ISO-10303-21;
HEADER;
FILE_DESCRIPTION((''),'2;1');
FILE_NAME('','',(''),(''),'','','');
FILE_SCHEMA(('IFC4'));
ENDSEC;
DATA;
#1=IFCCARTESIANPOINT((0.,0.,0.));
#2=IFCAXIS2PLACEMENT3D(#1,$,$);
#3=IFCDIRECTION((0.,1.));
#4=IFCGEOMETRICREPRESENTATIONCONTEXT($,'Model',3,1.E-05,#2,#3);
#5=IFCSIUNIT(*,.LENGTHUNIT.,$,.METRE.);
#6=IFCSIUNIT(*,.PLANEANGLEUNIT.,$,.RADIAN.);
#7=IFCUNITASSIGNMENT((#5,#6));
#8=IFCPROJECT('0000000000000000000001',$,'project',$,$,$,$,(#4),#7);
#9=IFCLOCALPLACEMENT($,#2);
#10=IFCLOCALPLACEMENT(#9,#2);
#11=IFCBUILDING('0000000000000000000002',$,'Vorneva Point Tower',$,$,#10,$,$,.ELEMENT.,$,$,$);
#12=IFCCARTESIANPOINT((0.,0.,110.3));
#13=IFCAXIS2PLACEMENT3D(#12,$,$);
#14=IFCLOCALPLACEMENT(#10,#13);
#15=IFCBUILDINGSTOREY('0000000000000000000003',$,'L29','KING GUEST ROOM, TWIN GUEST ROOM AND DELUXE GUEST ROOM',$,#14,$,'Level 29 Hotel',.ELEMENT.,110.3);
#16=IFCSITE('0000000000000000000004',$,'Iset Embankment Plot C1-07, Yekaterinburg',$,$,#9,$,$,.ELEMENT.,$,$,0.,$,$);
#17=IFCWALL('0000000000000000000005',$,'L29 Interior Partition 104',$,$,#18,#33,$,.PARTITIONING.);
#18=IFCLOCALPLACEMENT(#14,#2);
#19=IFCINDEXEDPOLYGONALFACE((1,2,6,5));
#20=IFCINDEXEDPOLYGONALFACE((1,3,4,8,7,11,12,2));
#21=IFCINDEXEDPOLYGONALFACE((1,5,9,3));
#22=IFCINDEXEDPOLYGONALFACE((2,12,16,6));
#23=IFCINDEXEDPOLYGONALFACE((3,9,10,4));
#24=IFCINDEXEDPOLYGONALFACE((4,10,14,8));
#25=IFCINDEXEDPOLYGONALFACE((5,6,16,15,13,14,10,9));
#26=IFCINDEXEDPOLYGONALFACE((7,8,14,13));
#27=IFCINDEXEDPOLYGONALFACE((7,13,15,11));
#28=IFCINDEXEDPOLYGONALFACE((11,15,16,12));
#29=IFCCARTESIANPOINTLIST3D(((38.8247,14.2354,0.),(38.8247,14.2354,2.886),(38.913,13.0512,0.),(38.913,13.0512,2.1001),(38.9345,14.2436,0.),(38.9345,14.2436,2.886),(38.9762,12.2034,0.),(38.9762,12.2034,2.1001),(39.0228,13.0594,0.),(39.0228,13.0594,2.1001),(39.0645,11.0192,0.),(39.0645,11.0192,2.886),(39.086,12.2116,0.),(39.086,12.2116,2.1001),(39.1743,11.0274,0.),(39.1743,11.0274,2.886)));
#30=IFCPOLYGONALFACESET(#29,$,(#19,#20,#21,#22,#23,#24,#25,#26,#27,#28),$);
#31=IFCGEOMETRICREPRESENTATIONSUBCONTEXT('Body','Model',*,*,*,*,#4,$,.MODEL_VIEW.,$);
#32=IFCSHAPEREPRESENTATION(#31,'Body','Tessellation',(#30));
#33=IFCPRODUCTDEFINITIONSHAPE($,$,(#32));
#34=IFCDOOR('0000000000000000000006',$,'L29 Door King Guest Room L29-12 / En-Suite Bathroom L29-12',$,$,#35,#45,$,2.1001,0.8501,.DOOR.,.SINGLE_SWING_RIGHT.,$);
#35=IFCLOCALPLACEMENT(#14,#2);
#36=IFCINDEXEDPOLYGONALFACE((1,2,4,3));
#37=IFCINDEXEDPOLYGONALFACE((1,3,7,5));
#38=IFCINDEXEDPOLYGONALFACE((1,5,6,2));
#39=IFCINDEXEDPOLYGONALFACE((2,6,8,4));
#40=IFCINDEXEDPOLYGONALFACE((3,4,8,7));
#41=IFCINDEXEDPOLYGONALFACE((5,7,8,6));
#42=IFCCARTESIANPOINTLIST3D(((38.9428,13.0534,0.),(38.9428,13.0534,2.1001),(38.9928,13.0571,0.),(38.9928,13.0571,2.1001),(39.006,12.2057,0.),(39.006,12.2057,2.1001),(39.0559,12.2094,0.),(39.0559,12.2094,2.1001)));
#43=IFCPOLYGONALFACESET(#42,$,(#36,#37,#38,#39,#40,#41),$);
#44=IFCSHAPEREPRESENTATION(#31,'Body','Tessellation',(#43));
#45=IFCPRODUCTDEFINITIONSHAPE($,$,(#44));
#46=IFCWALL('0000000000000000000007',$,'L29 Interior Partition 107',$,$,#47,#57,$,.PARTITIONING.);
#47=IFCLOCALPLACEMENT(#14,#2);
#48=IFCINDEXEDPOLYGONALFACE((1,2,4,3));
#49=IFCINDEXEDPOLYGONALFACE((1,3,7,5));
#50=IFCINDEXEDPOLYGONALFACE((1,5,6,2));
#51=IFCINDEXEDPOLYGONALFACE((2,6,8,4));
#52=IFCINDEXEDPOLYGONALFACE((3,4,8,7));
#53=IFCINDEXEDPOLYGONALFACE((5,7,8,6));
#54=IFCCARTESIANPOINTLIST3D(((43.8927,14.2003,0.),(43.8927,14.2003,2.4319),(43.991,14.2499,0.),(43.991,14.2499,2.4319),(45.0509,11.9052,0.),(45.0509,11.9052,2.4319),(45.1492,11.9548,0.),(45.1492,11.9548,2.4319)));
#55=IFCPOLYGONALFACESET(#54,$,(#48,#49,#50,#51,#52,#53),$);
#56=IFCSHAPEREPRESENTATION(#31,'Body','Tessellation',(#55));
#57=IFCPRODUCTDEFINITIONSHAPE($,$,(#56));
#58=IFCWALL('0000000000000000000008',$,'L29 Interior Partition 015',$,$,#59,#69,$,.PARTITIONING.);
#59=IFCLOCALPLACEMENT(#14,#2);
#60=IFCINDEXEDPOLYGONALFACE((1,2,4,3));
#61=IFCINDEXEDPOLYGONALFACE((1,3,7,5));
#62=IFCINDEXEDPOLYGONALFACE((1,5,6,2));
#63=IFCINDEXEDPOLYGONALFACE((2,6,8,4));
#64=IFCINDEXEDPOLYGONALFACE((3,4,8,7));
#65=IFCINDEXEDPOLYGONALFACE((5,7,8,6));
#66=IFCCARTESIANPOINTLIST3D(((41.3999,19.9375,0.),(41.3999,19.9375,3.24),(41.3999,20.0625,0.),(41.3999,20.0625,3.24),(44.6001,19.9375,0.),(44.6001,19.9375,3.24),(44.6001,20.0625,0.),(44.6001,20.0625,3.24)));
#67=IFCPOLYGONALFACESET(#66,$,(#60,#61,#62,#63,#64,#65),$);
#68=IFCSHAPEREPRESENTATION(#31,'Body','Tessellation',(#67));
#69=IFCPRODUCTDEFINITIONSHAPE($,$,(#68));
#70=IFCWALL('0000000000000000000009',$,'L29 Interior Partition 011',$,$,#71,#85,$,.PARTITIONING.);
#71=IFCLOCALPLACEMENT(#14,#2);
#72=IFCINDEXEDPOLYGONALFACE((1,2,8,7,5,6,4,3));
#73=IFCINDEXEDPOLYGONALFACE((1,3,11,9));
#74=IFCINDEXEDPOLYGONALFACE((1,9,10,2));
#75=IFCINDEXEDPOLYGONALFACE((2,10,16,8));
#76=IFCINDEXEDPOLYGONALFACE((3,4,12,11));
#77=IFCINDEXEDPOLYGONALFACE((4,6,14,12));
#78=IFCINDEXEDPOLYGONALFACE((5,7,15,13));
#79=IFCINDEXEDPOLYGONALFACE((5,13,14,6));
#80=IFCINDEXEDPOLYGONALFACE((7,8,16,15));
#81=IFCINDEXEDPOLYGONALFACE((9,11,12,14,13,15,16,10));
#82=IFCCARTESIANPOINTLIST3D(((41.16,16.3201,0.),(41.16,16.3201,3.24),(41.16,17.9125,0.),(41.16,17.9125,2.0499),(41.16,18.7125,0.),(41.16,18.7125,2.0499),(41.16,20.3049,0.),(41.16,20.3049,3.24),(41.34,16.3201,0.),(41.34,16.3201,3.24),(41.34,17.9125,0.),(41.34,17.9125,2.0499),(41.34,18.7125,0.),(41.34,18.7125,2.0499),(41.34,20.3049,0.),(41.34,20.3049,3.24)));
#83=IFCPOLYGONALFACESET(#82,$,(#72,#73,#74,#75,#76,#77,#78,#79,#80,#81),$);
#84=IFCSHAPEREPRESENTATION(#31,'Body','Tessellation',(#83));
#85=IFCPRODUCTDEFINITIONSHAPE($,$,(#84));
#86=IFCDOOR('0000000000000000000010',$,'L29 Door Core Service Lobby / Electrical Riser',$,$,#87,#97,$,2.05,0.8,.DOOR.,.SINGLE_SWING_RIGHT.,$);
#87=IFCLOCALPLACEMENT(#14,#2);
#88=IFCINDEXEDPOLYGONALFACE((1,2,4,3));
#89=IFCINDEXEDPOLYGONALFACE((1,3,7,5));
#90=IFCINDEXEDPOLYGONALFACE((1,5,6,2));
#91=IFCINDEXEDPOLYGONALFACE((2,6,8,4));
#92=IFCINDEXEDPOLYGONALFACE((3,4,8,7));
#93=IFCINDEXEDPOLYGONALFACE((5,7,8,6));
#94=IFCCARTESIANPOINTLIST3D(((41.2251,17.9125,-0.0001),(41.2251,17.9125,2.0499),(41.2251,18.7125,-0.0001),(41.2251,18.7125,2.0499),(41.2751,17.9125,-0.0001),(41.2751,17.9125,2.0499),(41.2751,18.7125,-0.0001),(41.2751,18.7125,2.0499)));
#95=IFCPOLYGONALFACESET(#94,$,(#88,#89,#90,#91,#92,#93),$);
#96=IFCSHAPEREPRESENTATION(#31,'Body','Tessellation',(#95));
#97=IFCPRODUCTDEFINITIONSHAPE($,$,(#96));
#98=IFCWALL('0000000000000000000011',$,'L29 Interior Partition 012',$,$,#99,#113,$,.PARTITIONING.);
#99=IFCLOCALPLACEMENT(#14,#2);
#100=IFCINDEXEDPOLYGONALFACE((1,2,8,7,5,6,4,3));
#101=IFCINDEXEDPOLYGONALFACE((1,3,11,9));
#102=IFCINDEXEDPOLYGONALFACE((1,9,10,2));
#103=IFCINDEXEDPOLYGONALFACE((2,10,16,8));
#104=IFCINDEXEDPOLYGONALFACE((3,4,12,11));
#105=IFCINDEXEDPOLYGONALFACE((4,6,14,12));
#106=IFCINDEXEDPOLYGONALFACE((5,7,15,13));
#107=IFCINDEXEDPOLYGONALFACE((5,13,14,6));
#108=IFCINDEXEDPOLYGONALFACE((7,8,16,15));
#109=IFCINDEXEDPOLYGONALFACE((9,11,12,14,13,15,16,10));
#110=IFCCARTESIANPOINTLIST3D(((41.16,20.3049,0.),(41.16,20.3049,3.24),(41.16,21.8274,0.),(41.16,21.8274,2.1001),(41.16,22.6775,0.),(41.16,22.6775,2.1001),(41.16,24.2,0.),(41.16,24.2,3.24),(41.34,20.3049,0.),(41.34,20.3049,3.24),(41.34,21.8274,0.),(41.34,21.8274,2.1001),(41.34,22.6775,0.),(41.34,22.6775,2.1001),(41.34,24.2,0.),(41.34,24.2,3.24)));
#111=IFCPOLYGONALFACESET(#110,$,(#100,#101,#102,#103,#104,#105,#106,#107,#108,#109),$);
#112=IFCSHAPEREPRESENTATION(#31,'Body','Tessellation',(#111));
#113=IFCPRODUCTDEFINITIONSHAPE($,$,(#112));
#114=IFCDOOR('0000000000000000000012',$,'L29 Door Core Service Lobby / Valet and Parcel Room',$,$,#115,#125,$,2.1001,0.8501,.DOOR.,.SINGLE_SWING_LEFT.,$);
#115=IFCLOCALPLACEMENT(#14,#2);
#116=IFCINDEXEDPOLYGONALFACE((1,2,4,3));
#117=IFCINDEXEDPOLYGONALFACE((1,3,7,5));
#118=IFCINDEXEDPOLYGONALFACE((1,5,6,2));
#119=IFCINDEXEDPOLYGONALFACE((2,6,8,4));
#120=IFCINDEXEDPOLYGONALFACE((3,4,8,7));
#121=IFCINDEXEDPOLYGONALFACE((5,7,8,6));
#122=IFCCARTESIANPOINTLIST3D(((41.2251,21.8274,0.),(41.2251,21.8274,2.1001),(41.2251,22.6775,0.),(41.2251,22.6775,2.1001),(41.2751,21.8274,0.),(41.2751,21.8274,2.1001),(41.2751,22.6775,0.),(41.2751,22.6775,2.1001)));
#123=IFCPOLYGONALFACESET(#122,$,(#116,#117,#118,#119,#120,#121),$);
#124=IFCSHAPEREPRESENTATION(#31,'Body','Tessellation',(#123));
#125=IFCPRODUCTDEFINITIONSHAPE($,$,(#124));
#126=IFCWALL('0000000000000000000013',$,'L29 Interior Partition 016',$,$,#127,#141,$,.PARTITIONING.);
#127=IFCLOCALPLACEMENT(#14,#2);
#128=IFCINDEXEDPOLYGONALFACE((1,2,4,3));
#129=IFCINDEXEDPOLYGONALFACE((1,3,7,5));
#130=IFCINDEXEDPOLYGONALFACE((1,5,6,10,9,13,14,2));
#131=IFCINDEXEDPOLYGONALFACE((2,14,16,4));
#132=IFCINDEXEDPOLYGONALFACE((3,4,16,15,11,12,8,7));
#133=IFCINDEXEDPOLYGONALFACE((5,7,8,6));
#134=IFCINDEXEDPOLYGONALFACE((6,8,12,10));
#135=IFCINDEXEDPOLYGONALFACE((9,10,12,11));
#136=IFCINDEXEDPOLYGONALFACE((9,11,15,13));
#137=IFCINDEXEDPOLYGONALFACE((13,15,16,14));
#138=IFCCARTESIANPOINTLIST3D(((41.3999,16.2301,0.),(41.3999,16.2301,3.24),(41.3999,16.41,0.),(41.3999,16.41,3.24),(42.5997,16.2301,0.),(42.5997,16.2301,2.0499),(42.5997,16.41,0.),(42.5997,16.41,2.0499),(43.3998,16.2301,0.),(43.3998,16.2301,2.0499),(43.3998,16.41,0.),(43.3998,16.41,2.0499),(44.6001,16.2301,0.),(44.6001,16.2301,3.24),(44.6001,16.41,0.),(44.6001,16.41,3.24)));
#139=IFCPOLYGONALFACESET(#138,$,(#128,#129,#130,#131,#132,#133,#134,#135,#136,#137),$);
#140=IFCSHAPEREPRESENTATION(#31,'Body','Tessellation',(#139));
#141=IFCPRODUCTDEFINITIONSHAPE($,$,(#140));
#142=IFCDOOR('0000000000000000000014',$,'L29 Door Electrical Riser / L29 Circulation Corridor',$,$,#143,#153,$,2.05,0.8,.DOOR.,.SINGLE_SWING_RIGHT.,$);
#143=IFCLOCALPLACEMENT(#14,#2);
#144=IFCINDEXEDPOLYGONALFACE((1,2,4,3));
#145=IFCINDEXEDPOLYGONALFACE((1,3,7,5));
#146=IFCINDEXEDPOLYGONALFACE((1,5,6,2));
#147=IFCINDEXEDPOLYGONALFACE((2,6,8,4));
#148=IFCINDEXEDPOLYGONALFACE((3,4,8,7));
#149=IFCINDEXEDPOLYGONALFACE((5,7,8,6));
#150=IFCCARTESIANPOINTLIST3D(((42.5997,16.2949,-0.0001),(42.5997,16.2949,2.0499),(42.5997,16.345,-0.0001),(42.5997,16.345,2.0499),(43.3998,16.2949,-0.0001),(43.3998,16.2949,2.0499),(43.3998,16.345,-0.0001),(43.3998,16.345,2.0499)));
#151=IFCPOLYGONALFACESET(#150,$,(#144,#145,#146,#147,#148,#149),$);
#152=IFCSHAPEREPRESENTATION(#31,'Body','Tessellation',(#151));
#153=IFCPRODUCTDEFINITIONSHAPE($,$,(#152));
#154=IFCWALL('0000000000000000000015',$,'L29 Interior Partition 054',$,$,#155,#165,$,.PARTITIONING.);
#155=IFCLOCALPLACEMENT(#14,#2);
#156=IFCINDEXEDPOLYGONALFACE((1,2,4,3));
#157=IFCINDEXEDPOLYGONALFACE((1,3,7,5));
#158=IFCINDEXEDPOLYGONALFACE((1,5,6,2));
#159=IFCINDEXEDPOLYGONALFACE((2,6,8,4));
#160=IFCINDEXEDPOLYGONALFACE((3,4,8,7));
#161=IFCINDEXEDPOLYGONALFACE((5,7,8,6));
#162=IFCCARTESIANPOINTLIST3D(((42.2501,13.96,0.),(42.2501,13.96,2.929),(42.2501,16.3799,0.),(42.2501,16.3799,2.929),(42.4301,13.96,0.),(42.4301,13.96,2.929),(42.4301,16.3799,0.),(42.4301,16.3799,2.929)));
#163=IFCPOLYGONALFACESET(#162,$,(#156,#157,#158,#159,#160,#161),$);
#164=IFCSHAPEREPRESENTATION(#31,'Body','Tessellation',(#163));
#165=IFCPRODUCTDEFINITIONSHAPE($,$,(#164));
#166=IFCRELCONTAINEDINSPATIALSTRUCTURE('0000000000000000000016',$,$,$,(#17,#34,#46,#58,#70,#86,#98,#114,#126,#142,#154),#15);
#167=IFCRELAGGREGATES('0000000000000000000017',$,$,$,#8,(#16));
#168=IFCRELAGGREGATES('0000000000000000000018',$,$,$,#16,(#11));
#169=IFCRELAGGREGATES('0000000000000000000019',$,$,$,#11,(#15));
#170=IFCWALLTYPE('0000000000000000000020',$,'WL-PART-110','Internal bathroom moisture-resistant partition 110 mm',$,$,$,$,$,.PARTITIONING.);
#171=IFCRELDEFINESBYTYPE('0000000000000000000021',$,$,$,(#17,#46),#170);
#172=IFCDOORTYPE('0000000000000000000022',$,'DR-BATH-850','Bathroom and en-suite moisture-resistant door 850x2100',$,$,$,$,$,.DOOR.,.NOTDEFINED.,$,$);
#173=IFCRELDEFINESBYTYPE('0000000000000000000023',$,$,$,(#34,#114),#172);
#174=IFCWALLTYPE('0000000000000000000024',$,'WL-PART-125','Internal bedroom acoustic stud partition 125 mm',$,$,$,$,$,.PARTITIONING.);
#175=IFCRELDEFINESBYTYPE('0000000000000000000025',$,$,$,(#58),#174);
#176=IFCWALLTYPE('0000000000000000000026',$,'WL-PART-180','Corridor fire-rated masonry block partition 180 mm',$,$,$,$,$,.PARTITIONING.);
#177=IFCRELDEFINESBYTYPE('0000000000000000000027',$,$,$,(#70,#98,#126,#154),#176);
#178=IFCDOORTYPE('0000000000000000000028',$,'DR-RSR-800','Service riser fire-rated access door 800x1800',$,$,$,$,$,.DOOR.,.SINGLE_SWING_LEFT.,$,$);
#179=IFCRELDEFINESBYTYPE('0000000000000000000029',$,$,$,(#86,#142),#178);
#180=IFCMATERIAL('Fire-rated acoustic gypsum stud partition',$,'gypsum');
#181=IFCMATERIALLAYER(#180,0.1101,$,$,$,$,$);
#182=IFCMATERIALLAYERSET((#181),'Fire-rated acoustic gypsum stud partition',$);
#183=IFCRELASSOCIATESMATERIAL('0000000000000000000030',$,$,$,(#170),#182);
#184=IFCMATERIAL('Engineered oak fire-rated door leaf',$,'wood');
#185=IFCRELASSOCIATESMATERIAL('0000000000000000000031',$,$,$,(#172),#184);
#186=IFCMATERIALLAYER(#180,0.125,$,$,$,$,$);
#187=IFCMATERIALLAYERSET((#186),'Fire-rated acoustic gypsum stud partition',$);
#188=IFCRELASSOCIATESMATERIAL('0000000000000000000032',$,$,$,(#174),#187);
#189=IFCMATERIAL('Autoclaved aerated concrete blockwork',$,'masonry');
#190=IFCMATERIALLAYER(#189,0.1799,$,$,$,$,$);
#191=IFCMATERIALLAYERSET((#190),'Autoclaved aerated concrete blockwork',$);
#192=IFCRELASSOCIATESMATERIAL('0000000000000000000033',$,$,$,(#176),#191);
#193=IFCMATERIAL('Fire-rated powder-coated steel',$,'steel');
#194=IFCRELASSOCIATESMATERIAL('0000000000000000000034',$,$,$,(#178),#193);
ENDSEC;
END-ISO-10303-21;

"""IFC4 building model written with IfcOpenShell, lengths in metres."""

from ifc_helpers import new_model, si_unit, direction, frame, frame_2d, origin, place, context, subcontext, project, spatial, rectangle, extrude, material, layer, layer_set, type_object, element, fill, save


model = new_model("IFC4")

# Units and contexts
model_context = context("Model", 3, precision=1e-05, world=origin(), true_north=direction((0.0, 1.0)))
body_context = subcontext(model_context, "Body", "Model", "MODEL_VIEW")
ifc_project = project(units=[si_unit("LENGTHUNIT", "METRE"), si_unit("PLANEANGLEUNIT", "RADIAN")], contexts=[model_context])

# Site, building, storey
site_placement = place(None, origin())
site = spatial("IfcSite", under=ifc_project, at=site_placement, Name="Iset Embankment Plot C1-07, Yekaterinburg", CompositionType="ELEMENT", RefElevation=0.0)
building_placement = place(site_placement, origin())
building = spatial("IfcBuilding", under=site, at=building_placement, Name="Vorneva Point Tower", CompositionType="ELEMENT")
storey_placement = place(building_placement, frame((0.0, 0.0, 110.3)))
storey = spatial("IfcBuildingStorey", under=building, at=storey_placement, Name="L29", Description="KING GUEST ROOM, TWIN GUEST ROOM AND DELUXE GUEST ROOM", LongName="Level 29 Hotel", CompositionType="ELEMENT", Elevation=110.3)

# Wall, opening, door
ifc_material_1 = material(Name="Fire-rated acoustic gypsum stud partition", Category="gypsum")
ifc_layer_1 = layer(ifc_material_1, 0.1101)
ifc_layer_set_1 = layer_set([ifc_layer_1], Name="Fire-rated acoustic gypsum stud partition")
wall_type_1 = type_object("IfcWallType", Name="WL-PART-110", Description="Internal bathroom moisture-resistant partition 110 mm", PredefinedType="PARTITIONING", material=ifc_layer_set_1)
wall_1_placement = place(storey_placement, frame((38.8796, 14.2395, 0.0), z_axis=(0.0, 0.0, 1.0), x_axis=(0.07434, -0.997233, 0.0)))
wall_1 = element("IfcWall", 1, at=wall_1_placement, inside=storey, type_object=wall_type_1, Name="L29 Interior Partition 104", PredefinedType="PARTITIONING", context=body_context, shape_type="SweptSolid", body=[
    extrude(rectangle(XDim=3.2251, YDim=0.1101, at=frame_2d((1.6125, 0.0))), origin(), (0.0, 0.0, 1.0), 2.886),
])
opening_1_placement = place(wall_1_placement, frame((1.1875, 0.0, 0.0)))
opening_1 = element("IfcOpeningElement", 2, at=opening_1_placement, cuts=wall_1, PredefinedType="OPENING", context=body_context, shape_type="SweptSolid", body=[
    extrude(rectangle(XDim=0.8501, YDim=2.1001, at=frame_2d((0.425, 1.05))), frame((0.0, 0.0698, 0.0), z_axis=(0.0, -1.0, 0.0), x_axis=(1.0, 0.0, 0.0)), (0.0, 0.0, 1.0), 0.1399),
])
ifc_material_2 = material(Name="Engineered oak fire-rated door leaf", Category="wood")
door_type_1 = type_object("IfcDoorType", Name="DR-BATH-850", Description="Bathroom and en-suite moisture-resistant door 850x2100", OperationType="NOTDEFINED", PredefinedType="DOOR", material=ifc_material_2)
door_1_placement = place(opening_1_placement, origin())
door_1 = element("IfcDoor", 3, at=door_1_placement, inside=storey, type_object=door_type_1, Name="L29 Door King Guest Room L29-12 / En-Suite Bathroom L29-12", OperationType="SINGLE_SWING_RIGHT", OverallHeight=2.1001, OverallWidth=0.8501, PredefinedType="DOOR", context=body_context, shape_type="SweptSolid", body=[
    extrude(rectangle(XDim=0.8501, YDim=2.1001, at=frame_2d((0.425, 1.05))), frame((0.0, 0.0249, 0.0), z_axis=(0.0, -1.0, 0.0), x_axis=(1.0, 0.0, 0.0)), (0.0, 0.0, 1.0), 0.05),
])
fill(opening_1, door_1)

# Walls
wall_2_placement = place(storey_placement, frame((43.9419, 14.2251, 0.0), z_axis=(0.0, 0.0, 1.0), x_axis=(0.450515, -0.892769, 0.0)))
element("IfcWall", 4, at=wall_2_placement, inside=storey, type_object=wall_type_1, Name="L29 Interior Partition 107", PredefinedType="PARTITIONING", context=body_context, shape_type="SweptSolid", body=[
    extrude(rectangle(XDim=2.5708, YDim=0.1101, at=frame_2d((1.2854, 0.0))), origin(), (0.0, 0.0, 1.0), 2.4319),
])
ifc_layer_2 = layer(ifc_material_1, 0.125)
ifc_layer_set_2 = layer_set([ifc_layer_2], Name="Fire-rated acoustic gypsum stud partition")
wall_type_2 = type_object("IfcWallType", Name="WL-PART-125", Description="Internal bedroom acoustic stud partition 125 mm", PredefinedType="PARTITIONING", material=ifc_layer_set_2)
wall_3_placement = place(storey_placement, frame((44.6001, 20.0, 0.0), z_axis=(0.0, 0.0, 1.0), x_axis=(-1.0, 0.0, 0.0)))
element("IfcWall", 5, at=wall_3_placement, inside=storey, type_object=wall_type_2, Name="L29 Interior Partition 015", PredefinedType="PARTITIONING", context=body_context, shape_type="SweptSolid", body=[
    extrude(rectangle(XDim=3.2002, YDim=0.125, at=frame_2d((1.6001, 0.0))), origin(), (0.0, 0.0, 1.0), 3.24),
])

# Walls, openings, doors
ifc_material_3 = material(Name="Autoclaved aerated concrete blockwork", Category="masonry")
ifc_layer_3 = layer(ifc_material_3, 0.1799)
ifc_layer_set_3 = layer_set([ifc_layer_3], Name="Autoclaved aerated concrete blockwork")
wall_type_3 = type_object("IfcWallType", Name="WL-PART-180", Description="Corridor fire-rated masonry block partition 180 mm", PredefinedType="PARTITIONING", material=ifc_layer_set_3)
wall_4_placement = place(storey_placement, frame((41.25, 16.3201, 0.0), z_axis=(0.0, 0.0, 1.0), x_axis=(0.0, 1.0, 0.0)))
wall_4 = element("IfcWall", 6, at=wall_4_placement, inside=storey, type_object=wall_type_3, Name="L29 Interior Partition 011", PredefinedType="PARTITIONING", context=body_context, shape_type="SweptSolid", body=[
    extrude(rectangle(XDim=3.9849, YDim=0.1799, at=frame_2d((1.9924, 0.0))), origin(), (0.0, 0.0, 1.0), 3.24),
])
opening_2_placement = place(wall_4_placement, frame((1.5925, 0.0, 0.0)))
opening_2 = element("IfcOpeningElement", 7, at=opening_2_placement, cuts=wall_4, PredefinedType="OPENING", context=body_context, shape_type="SweptSolid", body=[
    extrude(rectangle(XDim=0.8, YDim=2.05, at=frame_2d((0.3999, 1.0249))), frame((0.0, 0.105, 0.0), z_axis=(0.0, -1.0, 0.0), x_axis=(1.0, 0.0, 0.0)), (0.0, 0.0, 1.0), 0.2097),
])
ifc_material_4 = material(Name="Fire-rated powder-coated steel", Category="steel")
door_type_2 = type_object("IfcDoorType", Name="DR-RSR-800", Description="Service riser fire-rated access door 800x1800", OperationType="SINGLE_SWING_LEFT", PredefinedType="DOOR", material=ifc_material_4)
door_2_placement = place(opening_2_placement, origin())
door_2 = element("IfcDoor", 8, at=door_2_placement, inside=storey, type_object=door_type_2, Name="L29 Door Core Service Lobby / Electrical Riser", OperationType="SINGLE_SWING_RIGHT", OverallHeight=2.05, OverallWidth=0.8, PredefinedType="DOOR", context=body_context, shape_type="SweptSolid", body=[
    extrude(rectangle(XDim=0.8, YDim=2.05, at=frame_2d((0.3999, 1.0249))), frame((0.0, 0.0249, 0.0), z_axis=(0.0, -1.0, 0.0), x_axis=(1.0, 0.0, 0.0)), (0.0, 0.0, 1.0), 0.05),
])
fill(opening_2, door_2)
wall_5_placement = place(storey_placement, frame((41.25, 20.3049, 0.0), z_axis=(0.0, 0.0, 1.0), x_axis=(0.0, 1.0, 0.0)))
wall_5 = element("IfcWall", 9, at=wall_5_placement, inside=storey, type_object=wall_type_3, Name="L29 Interior Partition 012", PredefinedType="PARTITIONING", context=body_context, shape_type="SweptSolid", body=[
    extrude(rectangle(XDim=3.895, YDim=0.1799, at=frame_2d((1.9475, 0.0))), origin(), (0.0, 0.0, 1.0), 3.24),
])
opening_3_placement = place(wall_5_placement, frame((1.5225, 0.0, 0.0)))
opening_3 = element("IfcOpeningElement", 10, at=opening_3_placement, cuts=wall_5, PredefinedType="OPENING", context=body_context, shape_type="SweptSolid", body=[
    extrude(rectangle(XDim=0.8501, YDim=2.1001, at=frame_2d((0.425, 1.05))), frame((0.0, 0.105, 0.0), z_axis=(0.0, -1.0, 0.0), x_axis=(1.0, 0.0, 0.0)), (0.0, 0.0, 1.0), 0.2097),
])
door_3_placement = place(opening_3_placement, origin())
door_3 = element("IfcDoor", 11, at=door_3_placement, inside=storey, type_object=door_type_1, Name="L29 Door Core Service Lobby / Valet and Parcel Room", OperationType="SINGLE_SWING_LEFT", OverallHeight=2.1001, OverallWidth=0.8501, PredefinedType="DOOR", context=body_context, shape_type="SweptSolid", body=[
    extrude(rectangle(XDim=0.8501, YDim=2.1001, at=frame_2d((0.425, 1.05))), frame((0.0, 0.0249, 0.0), z_axis=(0.0, -1.0, 0.0), x_axis=(1.0, 0.0, 0.0)), (0.0, 0.0, 1.0), 0.05),
])
fill(opening_3, door_3)
wall_6_placement = place(storey_placement, frame((41.3999, 16.3201, 0.0), z_axis=(0.0, 0.0, 1.0), x_axis=(1.0, 0.0, 0.0)))
wall_6 = element("IfcWall", 12, at=wall_6_placement, inside=storey, type_object=wall_type_3, Name="L29 Interior Partition 016", PredefinedType="PARTITIONING", context=body_context, shape_type="SweptSolid", body=[
    extrude(rectangle(XDim=3.2002, YDim=0.1799, at=frame_2d((1.6001, 0.0))), origin(), (0.0, 0.0, 1.0), 3.24),
])
opening_4_placement = place(wall_6_placement, frame((1.2, 0.0, 0.0)))
opening_4 = element("IfcOpeningElement", 13, at=opening_4_placement, cuts=wall_6, PredefinedType="OPENING", context=body_context, shape_type="SweptSolid", body=[
    extrude(rectangle(XDim=0.8, YDim=2.05, at=frame_2d((0.3999, 1.0249))), frame((0.0, 0.105, 0.0), z_axis=(0.0, -1.0, 0.0), x_axis=(1.0, 0.0, 0.0)), (0.0, 0.0, 1.0), 0.2097),
])
door_4_placement = place(opening_4_placement, origin())
door_4 = element("IfcDoor", 14, at=door_4_placement, inside=storey, type_object=door_type_2, Name="L29 Door Electrical Riser / L29 Circulation Corridor", OperationType="SINGLE_SWING_RIGHT", OverallHeight=2.05, OverallWidth=0.8, PredefinedType="DOOR", context=body_context, shape_type="SweptSolid", body=[
    extrude(rectangle(XDim=0.8, YDim=2.05, at=frame_2d((0.3999, 1.0249))), frame((0.0, 0.0249, 0.0), z_axis=(0.0, -1.0, 0.0), x_axis=(1.0, 0.0, 0.0)), (0.0, 0.0, 1.0), 0.05),
])
fill(opening_4, door_4)

# Wall
wall_7_placement = place(storey_placement, frame((42.3401, 16.3799, 0.0), z_axis=(0.0, 0.0, 1.0), x_axis=(0.0, -1.0, 0.0)))
element("IfcWall", 15, at=wall_7_placement, inside=storey, type_object=wall_type_3, Name="L29 Interior Partition 054", PredefinedType="PARTITIONING", context=body_context, shape_type="SweptSolid", body=[
    extrude(rectangle(XDim=2.4199, YDim=0.1799, at=frame_2d((1.21, 0.0))), origin(), (0.0, 0.0, 1.0), 2.929),
])

save(model, "model.ifc")
